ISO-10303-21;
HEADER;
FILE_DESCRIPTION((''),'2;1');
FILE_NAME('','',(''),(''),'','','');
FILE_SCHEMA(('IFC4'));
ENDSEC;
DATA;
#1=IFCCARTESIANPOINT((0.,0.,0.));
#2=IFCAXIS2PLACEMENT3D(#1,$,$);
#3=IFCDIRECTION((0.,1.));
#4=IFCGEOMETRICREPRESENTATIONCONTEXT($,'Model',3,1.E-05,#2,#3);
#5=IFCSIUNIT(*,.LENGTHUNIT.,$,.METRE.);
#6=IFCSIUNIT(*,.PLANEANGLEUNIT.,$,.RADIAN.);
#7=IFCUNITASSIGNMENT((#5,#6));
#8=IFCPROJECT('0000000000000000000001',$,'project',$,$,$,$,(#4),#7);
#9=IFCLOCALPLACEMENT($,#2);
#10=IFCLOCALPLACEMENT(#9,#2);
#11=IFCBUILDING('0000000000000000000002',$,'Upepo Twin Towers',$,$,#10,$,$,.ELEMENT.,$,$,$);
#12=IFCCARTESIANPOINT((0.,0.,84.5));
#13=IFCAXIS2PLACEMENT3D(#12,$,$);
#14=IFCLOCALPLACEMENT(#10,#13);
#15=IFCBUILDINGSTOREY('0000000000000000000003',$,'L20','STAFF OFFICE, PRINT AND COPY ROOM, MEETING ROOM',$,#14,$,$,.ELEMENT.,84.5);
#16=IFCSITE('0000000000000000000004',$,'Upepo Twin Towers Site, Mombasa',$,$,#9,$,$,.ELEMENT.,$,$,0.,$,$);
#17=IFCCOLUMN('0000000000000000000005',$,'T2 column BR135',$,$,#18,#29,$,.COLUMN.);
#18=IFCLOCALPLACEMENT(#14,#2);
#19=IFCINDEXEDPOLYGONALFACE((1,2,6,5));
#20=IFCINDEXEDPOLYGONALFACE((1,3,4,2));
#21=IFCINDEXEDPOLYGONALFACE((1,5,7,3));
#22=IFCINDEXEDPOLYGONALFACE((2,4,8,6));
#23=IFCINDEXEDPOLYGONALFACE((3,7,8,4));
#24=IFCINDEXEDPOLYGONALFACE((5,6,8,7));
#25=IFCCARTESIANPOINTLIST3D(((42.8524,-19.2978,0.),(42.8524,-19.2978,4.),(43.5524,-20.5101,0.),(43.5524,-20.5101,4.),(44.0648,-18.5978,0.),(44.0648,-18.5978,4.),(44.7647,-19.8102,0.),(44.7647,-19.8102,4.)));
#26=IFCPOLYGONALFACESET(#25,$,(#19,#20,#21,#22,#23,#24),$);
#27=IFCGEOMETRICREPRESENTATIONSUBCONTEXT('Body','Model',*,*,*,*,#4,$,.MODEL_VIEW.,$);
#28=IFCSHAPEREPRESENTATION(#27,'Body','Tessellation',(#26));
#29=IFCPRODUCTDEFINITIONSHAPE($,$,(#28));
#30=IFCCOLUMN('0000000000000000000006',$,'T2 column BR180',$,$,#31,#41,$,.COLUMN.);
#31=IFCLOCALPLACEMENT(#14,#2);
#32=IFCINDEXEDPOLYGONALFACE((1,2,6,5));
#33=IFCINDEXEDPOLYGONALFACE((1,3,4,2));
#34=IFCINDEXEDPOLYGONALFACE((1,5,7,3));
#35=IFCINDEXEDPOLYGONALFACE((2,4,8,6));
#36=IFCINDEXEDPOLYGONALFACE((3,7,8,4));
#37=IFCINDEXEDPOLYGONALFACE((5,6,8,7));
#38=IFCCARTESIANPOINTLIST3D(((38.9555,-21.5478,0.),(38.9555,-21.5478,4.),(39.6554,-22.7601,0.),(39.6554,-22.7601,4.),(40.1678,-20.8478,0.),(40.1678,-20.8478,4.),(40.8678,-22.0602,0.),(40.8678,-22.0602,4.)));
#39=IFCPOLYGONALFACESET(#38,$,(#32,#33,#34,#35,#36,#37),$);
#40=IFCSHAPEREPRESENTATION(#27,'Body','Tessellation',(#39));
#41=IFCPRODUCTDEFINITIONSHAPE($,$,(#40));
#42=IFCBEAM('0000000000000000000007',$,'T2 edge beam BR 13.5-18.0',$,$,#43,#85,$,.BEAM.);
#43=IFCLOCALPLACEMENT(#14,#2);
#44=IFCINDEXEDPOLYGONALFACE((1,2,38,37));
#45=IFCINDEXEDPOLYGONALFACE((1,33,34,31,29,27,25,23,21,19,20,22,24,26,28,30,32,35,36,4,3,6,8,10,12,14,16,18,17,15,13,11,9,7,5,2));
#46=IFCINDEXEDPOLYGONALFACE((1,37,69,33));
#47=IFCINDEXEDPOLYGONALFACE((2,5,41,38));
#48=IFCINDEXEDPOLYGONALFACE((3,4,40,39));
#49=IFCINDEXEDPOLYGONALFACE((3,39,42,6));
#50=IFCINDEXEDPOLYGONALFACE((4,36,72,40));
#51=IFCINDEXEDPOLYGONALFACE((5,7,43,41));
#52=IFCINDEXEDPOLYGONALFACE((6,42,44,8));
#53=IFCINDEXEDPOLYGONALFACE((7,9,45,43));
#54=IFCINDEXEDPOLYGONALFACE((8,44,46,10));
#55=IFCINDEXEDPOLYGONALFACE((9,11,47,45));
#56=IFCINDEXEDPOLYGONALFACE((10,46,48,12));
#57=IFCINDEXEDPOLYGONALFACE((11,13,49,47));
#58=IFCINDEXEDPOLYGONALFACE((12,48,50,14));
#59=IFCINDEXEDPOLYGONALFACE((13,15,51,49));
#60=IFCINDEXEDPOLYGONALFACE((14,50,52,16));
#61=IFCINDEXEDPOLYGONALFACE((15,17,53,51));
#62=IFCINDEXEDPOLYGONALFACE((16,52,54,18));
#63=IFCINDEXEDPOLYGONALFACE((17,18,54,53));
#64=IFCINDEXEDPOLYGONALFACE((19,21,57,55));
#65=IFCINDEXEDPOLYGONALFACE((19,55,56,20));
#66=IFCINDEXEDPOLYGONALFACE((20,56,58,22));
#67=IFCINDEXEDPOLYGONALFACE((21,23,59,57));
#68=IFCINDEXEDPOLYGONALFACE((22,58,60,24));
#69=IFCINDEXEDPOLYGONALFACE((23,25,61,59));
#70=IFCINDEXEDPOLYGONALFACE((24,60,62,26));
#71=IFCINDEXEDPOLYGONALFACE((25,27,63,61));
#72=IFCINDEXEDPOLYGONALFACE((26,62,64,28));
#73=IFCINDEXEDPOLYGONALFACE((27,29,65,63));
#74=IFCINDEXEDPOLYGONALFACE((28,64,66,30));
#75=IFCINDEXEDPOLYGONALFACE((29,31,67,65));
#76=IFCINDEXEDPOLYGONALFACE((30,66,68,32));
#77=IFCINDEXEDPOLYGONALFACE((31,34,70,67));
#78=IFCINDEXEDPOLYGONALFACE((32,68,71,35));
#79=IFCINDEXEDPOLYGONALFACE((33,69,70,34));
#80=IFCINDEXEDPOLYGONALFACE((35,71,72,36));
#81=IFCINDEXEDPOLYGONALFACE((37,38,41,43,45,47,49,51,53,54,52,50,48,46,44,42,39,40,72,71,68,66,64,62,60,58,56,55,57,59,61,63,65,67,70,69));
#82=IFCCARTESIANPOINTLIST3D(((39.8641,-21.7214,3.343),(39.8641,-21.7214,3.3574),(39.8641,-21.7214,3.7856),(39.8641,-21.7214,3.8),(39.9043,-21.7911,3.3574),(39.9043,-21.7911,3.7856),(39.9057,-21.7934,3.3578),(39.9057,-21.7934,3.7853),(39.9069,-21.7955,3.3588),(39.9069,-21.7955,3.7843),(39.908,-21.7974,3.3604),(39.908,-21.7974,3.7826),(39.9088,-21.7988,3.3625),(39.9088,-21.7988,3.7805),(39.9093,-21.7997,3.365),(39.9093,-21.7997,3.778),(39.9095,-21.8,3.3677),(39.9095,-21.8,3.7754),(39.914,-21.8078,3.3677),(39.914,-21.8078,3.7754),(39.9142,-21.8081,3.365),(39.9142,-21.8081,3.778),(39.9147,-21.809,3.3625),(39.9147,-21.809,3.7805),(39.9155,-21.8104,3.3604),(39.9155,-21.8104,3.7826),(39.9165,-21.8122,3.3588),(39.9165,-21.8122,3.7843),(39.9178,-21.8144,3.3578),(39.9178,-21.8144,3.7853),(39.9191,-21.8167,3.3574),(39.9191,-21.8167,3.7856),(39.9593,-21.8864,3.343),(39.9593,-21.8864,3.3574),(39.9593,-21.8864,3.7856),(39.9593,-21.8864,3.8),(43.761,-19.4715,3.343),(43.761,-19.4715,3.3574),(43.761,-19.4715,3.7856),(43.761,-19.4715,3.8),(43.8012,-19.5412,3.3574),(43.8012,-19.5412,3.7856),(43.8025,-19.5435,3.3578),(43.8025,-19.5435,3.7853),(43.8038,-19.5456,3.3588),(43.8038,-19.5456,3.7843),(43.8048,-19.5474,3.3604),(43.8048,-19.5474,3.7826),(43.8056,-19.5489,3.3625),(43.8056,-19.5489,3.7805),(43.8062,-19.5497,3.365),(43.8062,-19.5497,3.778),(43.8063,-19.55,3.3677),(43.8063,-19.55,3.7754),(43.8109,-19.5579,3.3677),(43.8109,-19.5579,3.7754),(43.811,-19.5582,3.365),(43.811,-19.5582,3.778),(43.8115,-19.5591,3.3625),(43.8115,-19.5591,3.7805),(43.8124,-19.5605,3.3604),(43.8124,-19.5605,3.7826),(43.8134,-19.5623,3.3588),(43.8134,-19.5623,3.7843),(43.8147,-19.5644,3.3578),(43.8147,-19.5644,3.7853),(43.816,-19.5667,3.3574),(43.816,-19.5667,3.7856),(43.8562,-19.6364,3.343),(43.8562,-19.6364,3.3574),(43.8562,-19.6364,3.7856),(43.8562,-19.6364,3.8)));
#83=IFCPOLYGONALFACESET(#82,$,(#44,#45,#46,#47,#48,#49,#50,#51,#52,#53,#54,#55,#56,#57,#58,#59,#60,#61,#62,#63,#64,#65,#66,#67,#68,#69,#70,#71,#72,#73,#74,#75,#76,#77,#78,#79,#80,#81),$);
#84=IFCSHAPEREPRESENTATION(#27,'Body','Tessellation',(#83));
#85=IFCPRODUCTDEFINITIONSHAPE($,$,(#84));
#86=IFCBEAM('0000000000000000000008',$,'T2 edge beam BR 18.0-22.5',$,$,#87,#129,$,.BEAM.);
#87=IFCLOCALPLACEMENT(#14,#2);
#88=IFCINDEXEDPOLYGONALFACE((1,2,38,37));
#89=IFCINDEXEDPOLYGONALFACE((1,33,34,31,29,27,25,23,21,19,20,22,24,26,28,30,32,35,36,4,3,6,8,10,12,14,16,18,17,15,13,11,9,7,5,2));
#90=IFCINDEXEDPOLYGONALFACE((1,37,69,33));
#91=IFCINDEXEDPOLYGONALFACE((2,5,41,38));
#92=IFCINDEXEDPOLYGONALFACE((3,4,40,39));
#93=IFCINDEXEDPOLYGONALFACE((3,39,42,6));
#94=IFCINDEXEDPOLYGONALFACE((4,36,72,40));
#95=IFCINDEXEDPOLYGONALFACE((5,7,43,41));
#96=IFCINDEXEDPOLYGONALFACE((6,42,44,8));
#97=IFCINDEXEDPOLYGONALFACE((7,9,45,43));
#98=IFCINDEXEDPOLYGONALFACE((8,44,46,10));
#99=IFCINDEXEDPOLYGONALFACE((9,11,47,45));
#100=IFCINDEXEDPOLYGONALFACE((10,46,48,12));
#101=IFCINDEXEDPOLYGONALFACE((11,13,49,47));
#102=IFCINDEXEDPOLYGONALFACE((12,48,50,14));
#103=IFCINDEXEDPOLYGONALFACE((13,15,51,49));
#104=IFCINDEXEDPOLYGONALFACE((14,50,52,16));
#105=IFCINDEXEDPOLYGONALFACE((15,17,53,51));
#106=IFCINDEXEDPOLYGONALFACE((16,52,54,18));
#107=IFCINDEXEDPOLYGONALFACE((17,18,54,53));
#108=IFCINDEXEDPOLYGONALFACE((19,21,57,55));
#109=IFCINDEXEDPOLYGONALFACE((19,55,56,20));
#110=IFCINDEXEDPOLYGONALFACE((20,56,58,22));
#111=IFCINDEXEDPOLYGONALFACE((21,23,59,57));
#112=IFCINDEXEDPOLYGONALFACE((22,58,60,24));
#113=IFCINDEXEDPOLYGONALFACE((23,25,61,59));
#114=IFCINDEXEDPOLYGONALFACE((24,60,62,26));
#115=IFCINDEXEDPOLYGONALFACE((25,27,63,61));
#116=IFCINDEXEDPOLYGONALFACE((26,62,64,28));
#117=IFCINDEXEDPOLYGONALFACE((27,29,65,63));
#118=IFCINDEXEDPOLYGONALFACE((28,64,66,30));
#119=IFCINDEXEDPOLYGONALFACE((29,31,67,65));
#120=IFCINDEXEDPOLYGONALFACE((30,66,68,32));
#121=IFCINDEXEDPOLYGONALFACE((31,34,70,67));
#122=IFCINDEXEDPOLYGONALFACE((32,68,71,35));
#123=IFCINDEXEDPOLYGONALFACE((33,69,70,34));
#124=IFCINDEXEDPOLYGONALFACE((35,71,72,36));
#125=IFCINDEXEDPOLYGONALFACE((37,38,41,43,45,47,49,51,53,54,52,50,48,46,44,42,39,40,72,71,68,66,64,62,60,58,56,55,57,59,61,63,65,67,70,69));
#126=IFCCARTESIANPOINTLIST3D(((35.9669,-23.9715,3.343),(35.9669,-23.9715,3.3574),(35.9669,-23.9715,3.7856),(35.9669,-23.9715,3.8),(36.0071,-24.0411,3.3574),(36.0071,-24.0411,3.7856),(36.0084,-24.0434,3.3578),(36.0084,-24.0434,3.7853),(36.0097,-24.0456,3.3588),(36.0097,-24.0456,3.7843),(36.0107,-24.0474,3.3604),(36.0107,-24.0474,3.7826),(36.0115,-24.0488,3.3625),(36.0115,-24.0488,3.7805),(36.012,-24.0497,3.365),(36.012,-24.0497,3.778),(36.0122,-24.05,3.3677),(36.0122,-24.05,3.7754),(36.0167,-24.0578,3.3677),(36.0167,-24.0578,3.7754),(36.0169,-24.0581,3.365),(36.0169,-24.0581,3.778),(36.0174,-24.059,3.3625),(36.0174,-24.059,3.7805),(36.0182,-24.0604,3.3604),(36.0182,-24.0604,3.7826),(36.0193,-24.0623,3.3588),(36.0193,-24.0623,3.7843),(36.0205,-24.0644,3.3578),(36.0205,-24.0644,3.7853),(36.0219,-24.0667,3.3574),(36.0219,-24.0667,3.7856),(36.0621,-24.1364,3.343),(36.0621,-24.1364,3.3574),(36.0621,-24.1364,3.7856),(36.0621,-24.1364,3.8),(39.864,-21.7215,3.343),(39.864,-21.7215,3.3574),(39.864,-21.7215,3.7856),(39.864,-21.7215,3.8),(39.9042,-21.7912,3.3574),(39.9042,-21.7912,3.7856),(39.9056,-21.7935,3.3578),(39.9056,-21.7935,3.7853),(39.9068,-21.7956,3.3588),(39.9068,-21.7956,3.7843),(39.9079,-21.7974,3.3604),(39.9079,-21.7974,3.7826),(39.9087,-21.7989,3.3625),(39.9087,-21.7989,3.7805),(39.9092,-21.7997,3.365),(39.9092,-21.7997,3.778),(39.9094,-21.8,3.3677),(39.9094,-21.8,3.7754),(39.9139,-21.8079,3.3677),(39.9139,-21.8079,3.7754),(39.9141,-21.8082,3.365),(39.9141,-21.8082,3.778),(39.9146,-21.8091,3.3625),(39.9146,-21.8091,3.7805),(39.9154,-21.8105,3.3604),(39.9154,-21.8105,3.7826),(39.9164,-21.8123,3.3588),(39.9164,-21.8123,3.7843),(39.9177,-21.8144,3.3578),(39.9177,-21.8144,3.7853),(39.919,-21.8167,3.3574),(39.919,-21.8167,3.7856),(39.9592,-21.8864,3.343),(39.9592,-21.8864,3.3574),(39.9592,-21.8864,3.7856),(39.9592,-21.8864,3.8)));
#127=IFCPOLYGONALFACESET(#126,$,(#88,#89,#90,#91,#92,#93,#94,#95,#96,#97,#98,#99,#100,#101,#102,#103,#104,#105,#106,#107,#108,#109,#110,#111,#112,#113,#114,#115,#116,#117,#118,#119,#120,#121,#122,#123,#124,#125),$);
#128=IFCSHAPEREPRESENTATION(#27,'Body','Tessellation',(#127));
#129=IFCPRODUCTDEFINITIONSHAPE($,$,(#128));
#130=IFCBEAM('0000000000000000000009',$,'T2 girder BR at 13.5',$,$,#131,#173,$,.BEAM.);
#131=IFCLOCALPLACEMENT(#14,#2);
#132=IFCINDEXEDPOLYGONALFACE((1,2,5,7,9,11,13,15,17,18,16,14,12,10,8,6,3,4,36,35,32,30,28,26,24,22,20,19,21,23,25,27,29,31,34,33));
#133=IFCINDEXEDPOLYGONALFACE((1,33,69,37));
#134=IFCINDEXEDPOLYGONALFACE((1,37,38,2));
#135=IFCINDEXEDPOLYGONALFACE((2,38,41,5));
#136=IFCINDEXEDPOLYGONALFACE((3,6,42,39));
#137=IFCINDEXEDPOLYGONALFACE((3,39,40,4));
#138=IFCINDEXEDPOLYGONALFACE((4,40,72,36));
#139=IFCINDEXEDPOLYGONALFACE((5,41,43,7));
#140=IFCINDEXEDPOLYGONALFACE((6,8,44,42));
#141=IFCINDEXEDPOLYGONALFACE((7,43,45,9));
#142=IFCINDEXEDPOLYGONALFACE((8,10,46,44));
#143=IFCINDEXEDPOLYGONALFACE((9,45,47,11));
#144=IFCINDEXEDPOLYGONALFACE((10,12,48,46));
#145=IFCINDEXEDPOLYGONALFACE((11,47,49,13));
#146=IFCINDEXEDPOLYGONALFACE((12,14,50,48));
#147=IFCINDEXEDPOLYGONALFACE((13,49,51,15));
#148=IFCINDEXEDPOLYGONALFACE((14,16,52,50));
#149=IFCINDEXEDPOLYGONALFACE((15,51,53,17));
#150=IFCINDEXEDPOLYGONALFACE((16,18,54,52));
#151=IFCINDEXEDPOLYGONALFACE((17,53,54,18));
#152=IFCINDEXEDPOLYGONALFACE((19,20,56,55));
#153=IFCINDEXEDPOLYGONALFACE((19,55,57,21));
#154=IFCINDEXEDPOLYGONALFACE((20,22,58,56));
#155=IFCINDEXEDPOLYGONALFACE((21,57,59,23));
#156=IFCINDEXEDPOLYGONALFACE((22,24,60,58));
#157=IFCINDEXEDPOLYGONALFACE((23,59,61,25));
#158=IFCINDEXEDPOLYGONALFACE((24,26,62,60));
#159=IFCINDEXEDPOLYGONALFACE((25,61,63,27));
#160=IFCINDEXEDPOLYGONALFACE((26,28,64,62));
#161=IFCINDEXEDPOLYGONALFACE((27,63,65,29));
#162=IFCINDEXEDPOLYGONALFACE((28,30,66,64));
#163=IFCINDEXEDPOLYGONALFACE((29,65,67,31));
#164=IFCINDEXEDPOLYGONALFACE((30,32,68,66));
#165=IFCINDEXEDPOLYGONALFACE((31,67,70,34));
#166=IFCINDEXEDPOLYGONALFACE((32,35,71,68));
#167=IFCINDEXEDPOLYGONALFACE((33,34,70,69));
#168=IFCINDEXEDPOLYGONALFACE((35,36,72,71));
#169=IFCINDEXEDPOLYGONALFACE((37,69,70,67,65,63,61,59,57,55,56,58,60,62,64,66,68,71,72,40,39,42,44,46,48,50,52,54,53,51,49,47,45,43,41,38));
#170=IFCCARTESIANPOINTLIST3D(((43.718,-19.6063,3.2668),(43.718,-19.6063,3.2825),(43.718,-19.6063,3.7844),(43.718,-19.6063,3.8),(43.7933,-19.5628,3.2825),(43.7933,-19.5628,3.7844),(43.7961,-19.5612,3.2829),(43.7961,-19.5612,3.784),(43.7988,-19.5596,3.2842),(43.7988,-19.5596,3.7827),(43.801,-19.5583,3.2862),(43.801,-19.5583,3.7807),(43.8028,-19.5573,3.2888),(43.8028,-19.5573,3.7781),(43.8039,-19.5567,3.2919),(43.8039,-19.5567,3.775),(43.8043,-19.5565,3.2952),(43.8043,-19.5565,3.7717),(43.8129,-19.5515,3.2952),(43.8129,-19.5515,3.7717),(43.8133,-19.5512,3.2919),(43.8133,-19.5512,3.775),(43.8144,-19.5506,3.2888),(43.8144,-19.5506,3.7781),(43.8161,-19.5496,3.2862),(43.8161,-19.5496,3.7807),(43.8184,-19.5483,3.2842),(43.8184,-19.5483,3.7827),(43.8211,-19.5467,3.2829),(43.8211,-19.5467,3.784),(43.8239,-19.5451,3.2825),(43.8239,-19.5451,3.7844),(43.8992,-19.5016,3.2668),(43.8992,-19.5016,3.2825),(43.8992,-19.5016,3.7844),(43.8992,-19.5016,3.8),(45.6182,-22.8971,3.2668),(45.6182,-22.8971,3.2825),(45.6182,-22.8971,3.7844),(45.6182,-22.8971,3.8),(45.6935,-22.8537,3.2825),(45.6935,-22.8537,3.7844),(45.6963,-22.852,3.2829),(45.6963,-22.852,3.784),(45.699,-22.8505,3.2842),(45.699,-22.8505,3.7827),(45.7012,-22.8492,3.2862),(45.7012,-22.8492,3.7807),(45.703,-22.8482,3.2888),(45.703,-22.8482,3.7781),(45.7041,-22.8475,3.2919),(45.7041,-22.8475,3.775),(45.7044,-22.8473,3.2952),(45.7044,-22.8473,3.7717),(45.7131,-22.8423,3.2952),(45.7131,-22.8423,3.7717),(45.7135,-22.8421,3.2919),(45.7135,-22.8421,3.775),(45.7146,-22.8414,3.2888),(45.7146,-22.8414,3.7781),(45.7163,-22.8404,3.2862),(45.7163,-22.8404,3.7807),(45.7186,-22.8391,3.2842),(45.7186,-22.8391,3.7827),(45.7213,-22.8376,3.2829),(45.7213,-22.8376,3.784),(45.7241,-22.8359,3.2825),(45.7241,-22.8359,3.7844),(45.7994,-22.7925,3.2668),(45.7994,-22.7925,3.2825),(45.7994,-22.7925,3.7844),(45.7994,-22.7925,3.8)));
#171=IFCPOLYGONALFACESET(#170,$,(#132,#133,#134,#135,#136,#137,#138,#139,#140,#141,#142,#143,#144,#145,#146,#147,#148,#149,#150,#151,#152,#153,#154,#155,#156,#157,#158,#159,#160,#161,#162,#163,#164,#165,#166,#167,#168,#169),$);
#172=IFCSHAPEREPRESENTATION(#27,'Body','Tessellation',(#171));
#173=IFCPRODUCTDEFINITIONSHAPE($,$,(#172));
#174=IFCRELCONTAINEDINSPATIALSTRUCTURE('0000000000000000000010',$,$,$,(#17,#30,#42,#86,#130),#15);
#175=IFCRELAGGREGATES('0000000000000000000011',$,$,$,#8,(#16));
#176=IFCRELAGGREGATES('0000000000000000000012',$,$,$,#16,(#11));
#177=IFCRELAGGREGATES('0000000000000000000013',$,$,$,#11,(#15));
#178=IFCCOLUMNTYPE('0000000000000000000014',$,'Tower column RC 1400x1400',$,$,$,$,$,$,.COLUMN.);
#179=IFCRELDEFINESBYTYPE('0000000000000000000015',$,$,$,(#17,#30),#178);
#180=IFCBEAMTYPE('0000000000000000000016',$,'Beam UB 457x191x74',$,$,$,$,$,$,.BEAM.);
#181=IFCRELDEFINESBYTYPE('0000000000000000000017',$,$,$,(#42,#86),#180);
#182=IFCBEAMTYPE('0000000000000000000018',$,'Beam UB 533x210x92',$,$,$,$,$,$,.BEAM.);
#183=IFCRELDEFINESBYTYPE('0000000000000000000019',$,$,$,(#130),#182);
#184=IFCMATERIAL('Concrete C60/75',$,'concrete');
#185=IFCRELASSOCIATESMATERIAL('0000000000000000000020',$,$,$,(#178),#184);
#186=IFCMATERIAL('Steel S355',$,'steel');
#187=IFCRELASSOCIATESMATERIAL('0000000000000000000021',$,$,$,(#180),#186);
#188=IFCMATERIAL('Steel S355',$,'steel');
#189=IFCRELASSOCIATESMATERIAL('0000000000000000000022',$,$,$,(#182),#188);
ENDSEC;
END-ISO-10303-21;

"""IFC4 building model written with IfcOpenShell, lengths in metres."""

from ifc_helpers import new_model, si_unit, direction, frame, origin, origin_2d, place, context, subcontext, project, spatial, rectangle, i_section, extrude, material, material_profile, profile_set, type_object, element, save


model = new_model("IFC4")

# Units and contexts
model_context = context("Model", 3, precision=1e-05, world=origin(), true_north=direction((0.0, 1.0)))
body_context = subcontext(model_context, "Body", "Model", "MODEL_VIEW")
ifc_project = project(units=[si_unit("LENGTHUNIT", "METRE"), si_unit("PLANEANGLEUNIT", "RADIAN")], contexts=[model_context])

# Site, building, storey
site_placement = place(None, origin())
site = spatial("IfcSite", under=ifc_project, at=site_placement, Name="Upepo Twin Towers Site, Mombasa", CompositionType="ELEMENT", RefElevation=0.0)
building_placement = place(site_placement, origin())
building = spatial("IfcBuilding", under=site, at=building_placement, Name="Upepo Twin Towers", CompositionType="ELEMENT")
storey_placement = place(building_placement, frame((0.0, 0.0, 84.5)))
storey = spatial("IfcBuildingStorey", under=building, at=storey_placement, Name="L20", Description="STAFF OFFICE, PRINT AND COPY ROOM, MEETING ROOM", CompositionType="ELEMENT", Elevation=84.5)

# Columns
ifc_material_1 = material(Name="Concrete C60/75", Category="concrete")
ifc_material_profile_1 = material_profile(ifc_material_1, rectangle(XDim=1.3999, YDim=1.3999, at=origin_2d()), Name="RC 1400x1400")
ifc_profile_set_1 = profile_set([ifc_material_profile_1], Name="Concrete C60/75")
column_type = type_object("IfcColumnType", Name="Tower column RC 1400x1400", PredefinedType="COLUMN", material=ifc_profile_set_1)
for number, where, z_axis, x_axis, name in (
    (1, (43.8086, -19.554, 0.0), (0.0, 0.0, 1.0), (0.866025, 0.5, 0.0), "T2 column BR135"),
    (2, (39.9116, -21.804, 0.0), (0.0, 0.0, 1.0), (0.866025, 0.5, 0.0), "T2 column BR180"),
):
    element("IfcColumn", number, at=place(storey_placement, frame(where, z_axis=z_axis, x_axis=x_axis)), inside=storey, type_object=column_type, Name=name, PredefinedType="COLUMN", context=body_context, shape_type="SweptSolid", body=[
        extrude(rectangle(XDim=1.3999, YDim=1.3999, at=origin_2d()), origin(), (0.0, 0.0, 1.0), 4.0),
    ])

# Beams
ifc_material_2 = material(Name="Steel S355", Category="steel")
ifc_material_profile_2 = material_profile(ifc_material_2, i_section(OverallWidth=0.1904, OverallDepth=0.457, WebThickness=0.009, FlangeThickness=0.0144, FilletRadius=0.0103, at=origin_2d()), Name="UB 457x191x74")
ifc_profile_set_2 = profile_set([ifc_material_profile_2], Name="Steel S355")
beam_type_1 = type_object("IfcBeamType", Name="Beam UB 457x191x74", PredefinedType="BEAM", material=ifc_profile_set_2)
beam_1_placement = place(storey_placement, frame((43.8086, -19.554, 3.5715), z_axis=(-0.866018, -0.500014, 0.0), x_axis=(0.500014, -0.866018, 0.0)))
element("IfcBeam", 3, at=beam_1_placement, inside=storey, type_object=beam_type_1, Name="T2 edge beam BR 13.5-18.0", PredefinedType="BEAM", context=body_context, shape_type="SweptSolid", body=[
    extrude(i_section(OverallWidth=0.1904, OverallDepth=0.457, WebThickness=0.009, FlangeThickness=0.0144, FilletRadius=0.0103, at=origin_2d()), origin(), (0.0, 0.0, 1.0), 4.4998),
])
beam_2_placement = place(storey_placement, frame((39.9116, -21.804, 3.5715), z_axis=(-0.866031, -0.49999, 0.0), x_axis=(0.49999, -0.866031, 0.0)))
element("IfcBeam", 4, at=beam_2_placement, inside=storey, type_object=beam_type_1, Name="T2 edge beam BR 18.0-22.5", PredefinedType="BEAM", context=body_context, shape_type="SweptSolid", body=[
    extrude(i_section(OverallWidth=0.1904, OverallDepth=0.457, WebThickness=0.009, FlangeThickness=0.0144, FilletRadius=0.0103, at=origin_2d()), origin(), (0.0, 0.0, 1.0), 4.5),
])
ifc_material_3 = material(Name="Steel S355", Category="steel")
ifc_material_profile_3 = material_profile(ifc_material_3, i_section(OverallWidth=0.2092, OverallDepth=0.5332, WebThickness=0.01, FlangeThickness=0.0156, FilletRadius=0.0127, at=origin_2d()), Name="UB 533x210x92")
ifc_profile_set_3 = profile_set([ifc_material_profile_3], Name="Steel S355")
beam_type_2 = type_object("IfcBeamType", Name="Beam UB 533x210x92", PredefinedType="BEAM", material=ifc_profile_set_3)
beam_3_placement = place(storey_placement, frame((43.8086, -19.554, 3.5334), z_axis=(0.500043, -0.866, 0.0), x_axis=(0.866, 0.500043, 0.0)))
element("IfcBeam", 5, at=beam_3_placement, inside=storey, type_object=beam_type_2, Name="T2 girder BR at 13.5", PredefinedType="BEAM", context=body_context, shape_type="SweptSolid", body=[
    extrude(i_section(OverallWidth=0.2092, OverallDepth=0.5332, WebThickness=0.01, FlangeThickness=0.0156, FilletRadius=0.0127, at=origin_2d()), origin(), (0.0, 0.0, 1.0), 3.8),
])

save(model, "model.ifc")
